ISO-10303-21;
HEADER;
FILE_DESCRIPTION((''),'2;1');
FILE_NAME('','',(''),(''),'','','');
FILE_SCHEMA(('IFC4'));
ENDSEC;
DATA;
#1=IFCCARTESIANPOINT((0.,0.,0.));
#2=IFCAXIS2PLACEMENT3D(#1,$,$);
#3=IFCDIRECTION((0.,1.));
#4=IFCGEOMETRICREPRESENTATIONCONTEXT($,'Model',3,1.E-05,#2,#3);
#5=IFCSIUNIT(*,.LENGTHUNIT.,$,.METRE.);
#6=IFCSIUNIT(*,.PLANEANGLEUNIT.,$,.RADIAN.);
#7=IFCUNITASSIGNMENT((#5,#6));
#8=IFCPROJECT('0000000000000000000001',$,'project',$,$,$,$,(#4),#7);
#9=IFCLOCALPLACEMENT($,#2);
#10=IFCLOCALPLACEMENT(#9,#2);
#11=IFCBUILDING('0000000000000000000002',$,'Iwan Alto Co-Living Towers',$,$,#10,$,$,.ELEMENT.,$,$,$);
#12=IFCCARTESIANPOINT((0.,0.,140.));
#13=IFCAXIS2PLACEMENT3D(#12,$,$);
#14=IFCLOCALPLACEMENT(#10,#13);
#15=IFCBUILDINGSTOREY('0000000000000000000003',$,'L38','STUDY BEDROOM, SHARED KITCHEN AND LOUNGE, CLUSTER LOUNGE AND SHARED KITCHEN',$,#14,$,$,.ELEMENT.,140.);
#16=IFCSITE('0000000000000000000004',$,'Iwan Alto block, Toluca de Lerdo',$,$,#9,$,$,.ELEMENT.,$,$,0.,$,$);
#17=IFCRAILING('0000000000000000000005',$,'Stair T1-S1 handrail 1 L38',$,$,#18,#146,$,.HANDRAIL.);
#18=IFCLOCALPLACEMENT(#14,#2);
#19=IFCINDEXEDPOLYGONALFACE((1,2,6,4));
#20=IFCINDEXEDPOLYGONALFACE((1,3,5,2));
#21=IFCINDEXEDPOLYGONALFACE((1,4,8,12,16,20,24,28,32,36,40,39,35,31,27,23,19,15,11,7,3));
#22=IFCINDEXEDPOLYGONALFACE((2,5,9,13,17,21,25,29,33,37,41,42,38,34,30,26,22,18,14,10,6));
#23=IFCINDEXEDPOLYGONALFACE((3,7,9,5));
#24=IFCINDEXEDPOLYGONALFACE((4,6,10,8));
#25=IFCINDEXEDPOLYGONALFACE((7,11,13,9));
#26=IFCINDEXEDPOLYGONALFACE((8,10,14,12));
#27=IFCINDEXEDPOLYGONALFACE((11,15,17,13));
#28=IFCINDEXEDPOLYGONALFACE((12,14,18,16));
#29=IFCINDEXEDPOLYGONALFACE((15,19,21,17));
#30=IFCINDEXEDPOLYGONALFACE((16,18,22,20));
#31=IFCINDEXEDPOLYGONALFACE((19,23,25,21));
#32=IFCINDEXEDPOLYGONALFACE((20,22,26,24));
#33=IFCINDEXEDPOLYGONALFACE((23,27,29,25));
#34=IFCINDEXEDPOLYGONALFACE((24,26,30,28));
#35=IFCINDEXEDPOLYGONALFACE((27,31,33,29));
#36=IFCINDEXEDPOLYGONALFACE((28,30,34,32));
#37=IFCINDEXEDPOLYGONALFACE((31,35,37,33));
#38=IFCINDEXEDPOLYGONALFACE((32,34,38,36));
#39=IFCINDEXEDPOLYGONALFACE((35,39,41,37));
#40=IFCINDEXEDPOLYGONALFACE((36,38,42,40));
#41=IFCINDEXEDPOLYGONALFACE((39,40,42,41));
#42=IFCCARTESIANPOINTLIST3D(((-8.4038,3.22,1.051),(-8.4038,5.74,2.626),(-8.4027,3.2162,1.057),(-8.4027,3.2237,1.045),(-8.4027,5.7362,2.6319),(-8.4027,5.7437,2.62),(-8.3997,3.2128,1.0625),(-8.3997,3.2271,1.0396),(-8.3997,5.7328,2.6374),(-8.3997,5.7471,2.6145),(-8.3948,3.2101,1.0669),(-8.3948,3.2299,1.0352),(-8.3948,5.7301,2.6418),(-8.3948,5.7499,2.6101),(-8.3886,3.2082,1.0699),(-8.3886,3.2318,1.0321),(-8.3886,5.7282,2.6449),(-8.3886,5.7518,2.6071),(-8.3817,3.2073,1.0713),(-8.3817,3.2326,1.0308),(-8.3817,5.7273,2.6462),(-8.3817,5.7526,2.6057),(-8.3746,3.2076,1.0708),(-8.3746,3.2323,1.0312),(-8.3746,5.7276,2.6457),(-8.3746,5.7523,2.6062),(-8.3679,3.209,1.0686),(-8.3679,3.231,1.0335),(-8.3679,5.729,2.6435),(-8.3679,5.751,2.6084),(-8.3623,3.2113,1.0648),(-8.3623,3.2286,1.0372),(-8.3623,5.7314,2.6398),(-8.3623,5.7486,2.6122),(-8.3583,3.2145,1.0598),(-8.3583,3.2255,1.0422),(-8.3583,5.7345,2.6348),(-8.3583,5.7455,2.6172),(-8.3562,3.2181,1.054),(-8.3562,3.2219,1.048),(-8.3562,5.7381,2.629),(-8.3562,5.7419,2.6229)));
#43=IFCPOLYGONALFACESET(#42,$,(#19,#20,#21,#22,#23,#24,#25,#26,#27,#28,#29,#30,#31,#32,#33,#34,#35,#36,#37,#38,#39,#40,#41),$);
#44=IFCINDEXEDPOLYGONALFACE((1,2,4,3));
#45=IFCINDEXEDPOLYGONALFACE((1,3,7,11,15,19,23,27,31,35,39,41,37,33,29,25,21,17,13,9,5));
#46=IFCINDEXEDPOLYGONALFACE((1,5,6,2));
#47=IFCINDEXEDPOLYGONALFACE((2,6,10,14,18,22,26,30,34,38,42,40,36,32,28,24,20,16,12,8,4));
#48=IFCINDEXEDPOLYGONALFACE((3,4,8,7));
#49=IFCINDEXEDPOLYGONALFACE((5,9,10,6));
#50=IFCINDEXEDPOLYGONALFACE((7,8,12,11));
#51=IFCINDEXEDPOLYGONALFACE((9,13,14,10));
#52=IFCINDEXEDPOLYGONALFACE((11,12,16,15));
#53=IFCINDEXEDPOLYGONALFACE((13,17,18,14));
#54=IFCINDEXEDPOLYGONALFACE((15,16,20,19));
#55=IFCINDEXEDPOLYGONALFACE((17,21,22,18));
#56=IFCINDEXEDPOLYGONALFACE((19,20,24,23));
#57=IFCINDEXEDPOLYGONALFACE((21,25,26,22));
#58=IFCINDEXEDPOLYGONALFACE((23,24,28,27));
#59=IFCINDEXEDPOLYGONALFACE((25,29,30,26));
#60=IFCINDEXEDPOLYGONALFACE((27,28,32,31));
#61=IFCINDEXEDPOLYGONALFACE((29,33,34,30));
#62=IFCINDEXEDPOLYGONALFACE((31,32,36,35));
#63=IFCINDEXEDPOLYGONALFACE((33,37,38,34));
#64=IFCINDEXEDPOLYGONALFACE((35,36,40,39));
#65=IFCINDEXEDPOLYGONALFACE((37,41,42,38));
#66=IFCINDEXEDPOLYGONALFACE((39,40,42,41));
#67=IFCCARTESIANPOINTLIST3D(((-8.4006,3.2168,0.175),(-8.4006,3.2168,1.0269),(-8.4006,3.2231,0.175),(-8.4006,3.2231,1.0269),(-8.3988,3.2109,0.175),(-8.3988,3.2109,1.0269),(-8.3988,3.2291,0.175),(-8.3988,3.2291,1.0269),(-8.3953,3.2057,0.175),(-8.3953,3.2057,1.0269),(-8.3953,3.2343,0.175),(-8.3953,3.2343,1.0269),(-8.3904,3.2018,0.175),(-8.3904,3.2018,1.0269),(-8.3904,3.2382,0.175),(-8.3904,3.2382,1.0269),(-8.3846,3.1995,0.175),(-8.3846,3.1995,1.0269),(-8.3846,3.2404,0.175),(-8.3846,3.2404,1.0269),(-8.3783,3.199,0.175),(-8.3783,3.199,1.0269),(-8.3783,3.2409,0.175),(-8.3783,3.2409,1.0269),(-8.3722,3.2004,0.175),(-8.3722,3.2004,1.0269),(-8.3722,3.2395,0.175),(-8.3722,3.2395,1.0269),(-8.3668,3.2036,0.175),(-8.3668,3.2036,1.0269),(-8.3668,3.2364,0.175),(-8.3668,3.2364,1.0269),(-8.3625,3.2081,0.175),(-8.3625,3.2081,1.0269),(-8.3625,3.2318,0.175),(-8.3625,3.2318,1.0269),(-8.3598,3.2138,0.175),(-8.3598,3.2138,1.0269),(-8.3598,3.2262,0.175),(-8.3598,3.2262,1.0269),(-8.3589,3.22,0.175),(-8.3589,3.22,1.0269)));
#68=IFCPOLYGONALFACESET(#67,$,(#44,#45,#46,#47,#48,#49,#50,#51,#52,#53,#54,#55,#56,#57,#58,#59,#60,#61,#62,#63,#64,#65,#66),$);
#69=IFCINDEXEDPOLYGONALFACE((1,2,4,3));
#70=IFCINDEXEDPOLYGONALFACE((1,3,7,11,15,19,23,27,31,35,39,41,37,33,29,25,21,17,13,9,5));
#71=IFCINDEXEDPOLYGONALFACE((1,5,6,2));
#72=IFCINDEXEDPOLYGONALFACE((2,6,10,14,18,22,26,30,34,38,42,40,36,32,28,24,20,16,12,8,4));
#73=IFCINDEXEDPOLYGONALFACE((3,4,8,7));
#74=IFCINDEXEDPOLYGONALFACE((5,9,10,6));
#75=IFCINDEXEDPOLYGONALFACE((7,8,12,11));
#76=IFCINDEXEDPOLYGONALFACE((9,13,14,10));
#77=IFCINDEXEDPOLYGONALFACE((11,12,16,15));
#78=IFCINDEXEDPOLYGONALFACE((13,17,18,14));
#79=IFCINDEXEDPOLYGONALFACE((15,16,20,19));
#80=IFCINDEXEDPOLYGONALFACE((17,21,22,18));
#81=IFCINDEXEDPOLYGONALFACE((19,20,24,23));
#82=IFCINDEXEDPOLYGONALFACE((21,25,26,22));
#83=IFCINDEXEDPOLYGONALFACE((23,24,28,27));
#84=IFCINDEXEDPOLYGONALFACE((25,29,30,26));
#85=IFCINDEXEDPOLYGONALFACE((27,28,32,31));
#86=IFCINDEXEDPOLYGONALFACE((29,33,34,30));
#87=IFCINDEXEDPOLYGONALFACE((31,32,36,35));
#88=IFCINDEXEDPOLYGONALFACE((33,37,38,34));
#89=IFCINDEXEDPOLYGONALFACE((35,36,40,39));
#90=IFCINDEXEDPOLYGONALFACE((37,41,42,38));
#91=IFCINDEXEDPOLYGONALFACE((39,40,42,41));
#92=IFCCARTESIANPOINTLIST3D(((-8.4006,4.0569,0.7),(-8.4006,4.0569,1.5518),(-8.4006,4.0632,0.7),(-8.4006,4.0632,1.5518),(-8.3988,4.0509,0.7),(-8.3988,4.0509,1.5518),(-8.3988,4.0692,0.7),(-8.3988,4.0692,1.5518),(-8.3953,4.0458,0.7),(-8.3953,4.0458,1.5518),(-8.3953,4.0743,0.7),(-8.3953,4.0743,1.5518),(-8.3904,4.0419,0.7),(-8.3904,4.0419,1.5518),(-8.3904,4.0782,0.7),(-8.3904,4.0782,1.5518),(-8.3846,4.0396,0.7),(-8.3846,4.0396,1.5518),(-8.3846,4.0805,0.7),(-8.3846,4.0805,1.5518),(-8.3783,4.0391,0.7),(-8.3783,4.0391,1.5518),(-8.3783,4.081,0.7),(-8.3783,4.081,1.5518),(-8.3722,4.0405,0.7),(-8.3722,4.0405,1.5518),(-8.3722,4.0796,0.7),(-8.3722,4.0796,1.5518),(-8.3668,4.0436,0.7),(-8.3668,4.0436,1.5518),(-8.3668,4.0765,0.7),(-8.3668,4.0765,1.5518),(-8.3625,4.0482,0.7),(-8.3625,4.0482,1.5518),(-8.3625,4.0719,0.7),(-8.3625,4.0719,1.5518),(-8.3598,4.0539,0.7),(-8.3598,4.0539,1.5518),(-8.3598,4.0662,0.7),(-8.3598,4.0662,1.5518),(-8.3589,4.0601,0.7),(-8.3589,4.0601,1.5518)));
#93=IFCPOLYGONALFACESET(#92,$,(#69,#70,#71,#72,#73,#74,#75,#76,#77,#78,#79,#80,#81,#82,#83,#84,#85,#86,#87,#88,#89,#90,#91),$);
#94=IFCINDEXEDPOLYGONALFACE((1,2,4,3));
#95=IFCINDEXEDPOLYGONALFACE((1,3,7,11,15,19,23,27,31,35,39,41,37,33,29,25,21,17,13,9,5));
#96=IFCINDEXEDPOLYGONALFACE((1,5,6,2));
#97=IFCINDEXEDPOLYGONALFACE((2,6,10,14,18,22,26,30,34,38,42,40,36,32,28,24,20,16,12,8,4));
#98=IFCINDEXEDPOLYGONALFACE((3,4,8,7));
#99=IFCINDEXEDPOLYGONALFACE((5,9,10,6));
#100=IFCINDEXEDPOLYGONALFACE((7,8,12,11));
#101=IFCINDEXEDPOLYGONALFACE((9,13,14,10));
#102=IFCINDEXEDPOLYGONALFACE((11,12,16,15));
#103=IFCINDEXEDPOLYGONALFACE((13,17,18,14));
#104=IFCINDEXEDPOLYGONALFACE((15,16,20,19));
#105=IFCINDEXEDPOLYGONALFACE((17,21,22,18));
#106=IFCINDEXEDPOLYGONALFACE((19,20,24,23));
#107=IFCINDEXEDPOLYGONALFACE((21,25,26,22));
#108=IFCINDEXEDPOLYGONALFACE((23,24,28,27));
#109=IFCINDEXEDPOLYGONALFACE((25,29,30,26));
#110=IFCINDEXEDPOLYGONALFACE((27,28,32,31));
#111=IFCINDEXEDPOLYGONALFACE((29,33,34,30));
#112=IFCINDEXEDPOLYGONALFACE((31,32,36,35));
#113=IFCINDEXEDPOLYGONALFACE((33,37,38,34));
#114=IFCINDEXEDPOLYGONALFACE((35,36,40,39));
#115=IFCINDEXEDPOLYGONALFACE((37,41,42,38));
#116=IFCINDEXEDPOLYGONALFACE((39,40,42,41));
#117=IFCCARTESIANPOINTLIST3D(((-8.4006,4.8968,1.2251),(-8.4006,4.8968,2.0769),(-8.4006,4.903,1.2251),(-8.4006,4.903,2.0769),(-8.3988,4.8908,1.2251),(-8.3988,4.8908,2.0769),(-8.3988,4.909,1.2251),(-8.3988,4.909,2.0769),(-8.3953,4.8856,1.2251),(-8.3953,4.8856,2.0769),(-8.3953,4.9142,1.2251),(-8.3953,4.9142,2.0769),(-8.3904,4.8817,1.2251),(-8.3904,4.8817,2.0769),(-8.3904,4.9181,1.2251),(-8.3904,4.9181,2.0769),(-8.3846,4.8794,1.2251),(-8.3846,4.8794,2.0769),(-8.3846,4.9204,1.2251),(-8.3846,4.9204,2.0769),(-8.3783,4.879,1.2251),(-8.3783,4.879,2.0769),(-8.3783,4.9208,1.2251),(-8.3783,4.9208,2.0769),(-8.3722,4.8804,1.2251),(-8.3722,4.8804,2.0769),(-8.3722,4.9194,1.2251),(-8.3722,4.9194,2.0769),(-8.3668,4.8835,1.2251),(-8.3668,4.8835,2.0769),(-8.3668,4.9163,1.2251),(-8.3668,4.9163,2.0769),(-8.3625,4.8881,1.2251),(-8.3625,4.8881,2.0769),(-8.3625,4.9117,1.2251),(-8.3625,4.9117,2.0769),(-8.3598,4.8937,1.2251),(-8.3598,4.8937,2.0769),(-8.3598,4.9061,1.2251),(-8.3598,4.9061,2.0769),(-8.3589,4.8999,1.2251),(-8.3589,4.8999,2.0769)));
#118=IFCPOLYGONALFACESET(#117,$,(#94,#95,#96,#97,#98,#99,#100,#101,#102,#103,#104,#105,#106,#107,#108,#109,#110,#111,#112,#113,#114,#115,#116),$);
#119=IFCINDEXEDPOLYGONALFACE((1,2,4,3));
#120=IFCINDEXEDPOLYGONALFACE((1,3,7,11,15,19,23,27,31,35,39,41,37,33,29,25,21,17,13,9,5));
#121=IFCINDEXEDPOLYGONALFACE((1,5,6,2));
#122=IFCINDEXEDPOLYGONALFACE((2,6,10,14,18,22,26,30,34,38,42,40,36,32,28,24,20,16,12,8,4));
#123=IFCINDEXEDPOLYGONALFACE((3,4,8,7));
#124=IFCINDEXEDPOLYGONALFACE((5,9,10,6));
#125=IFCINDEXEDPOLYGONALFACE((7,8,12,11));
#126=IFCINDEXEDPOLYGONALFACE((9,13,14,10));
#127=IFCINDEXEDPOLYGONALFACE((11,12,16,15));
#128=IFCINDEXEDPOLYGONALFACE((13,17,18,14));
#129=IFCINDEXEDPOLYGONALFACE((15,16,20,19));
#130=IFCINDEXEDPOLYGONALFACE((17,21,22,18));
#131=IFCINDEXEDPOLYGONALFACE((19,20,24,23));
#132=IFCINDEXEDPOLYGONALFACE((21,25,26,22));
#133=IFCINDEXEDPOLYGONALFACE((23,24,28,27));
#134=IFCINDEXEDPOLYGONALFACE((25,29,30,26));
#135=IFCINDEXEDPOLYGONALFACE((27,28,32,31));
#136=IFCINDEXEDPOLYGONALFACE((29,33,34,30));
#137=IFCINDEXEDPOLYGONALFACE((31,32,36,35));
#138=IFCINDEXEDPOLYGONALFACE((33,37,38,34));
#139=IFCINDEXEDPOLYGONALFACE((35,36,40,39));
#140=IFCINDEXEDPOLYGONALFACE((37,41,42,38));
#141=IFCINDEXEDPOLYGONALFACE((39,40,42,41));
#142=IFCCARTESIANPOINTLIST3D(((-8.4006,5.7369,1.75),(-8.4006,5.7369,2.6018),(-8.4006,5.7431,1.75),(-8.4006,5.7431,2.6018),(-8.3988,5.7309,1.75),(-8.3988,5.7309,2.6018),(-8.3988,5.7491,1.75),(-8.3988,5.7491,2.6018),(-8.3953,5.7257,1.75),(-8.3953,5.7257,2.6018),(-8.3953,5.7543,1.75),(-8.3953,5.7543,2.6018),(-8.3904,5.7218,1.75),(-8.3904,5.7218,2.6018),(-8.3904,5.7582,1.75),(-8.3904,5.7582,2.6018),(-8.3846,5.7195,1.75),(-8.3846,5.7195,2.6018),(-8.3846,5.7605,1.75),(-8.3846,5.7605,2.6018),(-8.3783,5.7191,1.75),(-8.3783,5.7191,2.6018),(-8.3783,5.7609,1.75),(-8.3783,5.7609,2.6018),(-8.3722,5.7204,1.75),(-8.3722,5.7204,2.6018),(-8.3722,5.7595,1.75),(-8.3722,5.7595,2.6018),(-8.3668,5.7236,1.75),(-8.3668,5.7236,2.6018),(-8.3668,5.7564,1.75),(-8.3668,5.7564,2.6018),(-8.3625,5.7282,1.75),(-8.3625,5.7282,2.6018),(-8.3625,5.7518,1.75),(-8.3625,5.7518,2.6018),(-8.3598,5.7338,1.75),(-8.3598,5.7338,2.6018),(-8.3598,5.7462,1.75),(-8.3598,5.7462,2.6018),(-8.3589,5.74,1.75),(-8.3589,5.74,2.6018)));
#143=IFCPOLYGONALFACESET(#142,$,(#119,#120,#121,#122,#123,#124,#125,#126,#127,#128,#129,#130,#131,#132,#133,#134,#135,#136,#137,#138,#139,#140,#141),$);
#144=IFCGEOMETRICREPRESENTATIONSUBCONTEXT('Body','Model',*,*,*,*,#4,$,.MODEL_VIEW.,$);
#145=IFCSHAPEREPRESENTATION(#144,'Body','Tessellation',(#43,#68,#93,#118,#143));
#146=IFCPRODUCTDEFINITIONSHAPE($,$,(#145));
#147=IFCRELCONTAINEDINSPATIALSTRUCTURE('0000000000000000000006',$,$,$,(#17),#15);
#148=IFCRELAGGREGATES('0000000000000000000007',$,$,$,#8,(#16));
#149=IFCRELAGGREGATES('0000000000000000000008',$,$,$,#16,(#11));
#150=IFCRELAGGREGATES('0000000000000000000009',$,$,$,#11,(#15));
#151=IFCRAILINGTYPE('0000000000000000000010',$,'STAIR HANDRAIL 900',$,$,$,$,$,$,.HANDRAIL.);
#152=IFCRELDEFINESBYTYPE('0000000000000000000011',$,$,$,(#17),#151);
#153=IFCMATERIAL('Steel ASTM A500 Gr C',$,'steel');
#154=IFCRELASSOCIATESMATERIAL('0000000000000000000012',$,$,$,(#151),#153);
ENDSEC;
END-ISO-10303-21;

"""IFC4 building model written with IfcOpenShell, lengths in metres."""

from ifc_helpers import new_model, si_unit, direction, frame, origin, origin_2d, place, context, subcontext, project, spatial, circle, extrude, material, type_object, element, save


model = new_model("IFC4")

# Units and contexts
model_context = context("Model", 3, precision=1e-05, world=origin(), true_north=direction((0.0, 1.0)))
body_context = subcontext(model_context, "Body", "Model", "MODEL_VIEW")
ifc_project = project(units=[si_unit("LENGTHUNIT", "METRE"), si_unit("PLANEANGLEUNIT", "RADIAN")], contexts=[model_context])

# Site, building, storey
site_placement = place(None, origin())
site = spatial("IfcSite", under=ifc_project, at=site_placement, Name="Iwan Alto block, Toluca de Lerdo", CompositionType="ELEMENT", RefElevation=0.0)
building_placement = place(site_placement, origin())
building = spatial("IfcBuilding", under=site, at=building_placement, Name="Iwan Alto Co-Living Towers", CompositionType="ELEMENT")
storey_placement = place(building_placement, frame((0.0, 0.0, 140.0)))
storey = spatial("IfcBuildingStorey", under=building, at=storey_placement, Name="L38", Description="STUDY BEDROOM, SHARED KITCHEN AND LOUNGE, CLUSTER LOUNGE AND SHARED KITCHEN", CompositionType="ELEMENT", Elevation=140.0)

# Railing
ifc_material_1 = material(Name="Steel ASTM A500 Gr C", Category="steel")
railing_type_1 = type_object("IfcRailingType", Name="STAIR HANDRAIL 900", PredefinedType="HANDRAIL", material=ifc_material_1)
railing_1_placement = place(storey_placement, frame((-8.3799, 3.22, 0.175)))
element("IfcRailing", 1, at=railing_1_placement, inside=storey, type_object=railing_type_1, Name="Stair T1-S1 handrail 1 L38", PredefinedType="HANDRAIL", context=body_context, shape_type="SweptSolid", body=[
    extrude(circle(Radius=0.0239, at=origin_2d()), frame((0.0, 0.0, 0.876), z_axis=(0.0, 0.848008, 0.529984), x_axis=(-1.0, 0.0, 0.0)), (0.0, 0.0, 1.0), 2.9717),
    extrude(circle(Radius=0.021, at=origin_2d()), origin(), (0.0, 0.0, 1.0), 0.8518),
    extrude(circle(Radius=0.021, at=origin_2d()), frame((0.0, 0.8401, 0.5249)), (0.0, 0.0, 1.0), 0.8518),
    extrude(circle(Radius=0.021, at=origin_2d()), frame((0.0, 1.6799, 1.05)), (0.0, 0.0, 1.0), 0.8518),
    extrude(circle(Radius=0.021, at=origin_2d()), frame((0.0, 2.52, 1.575)), (0.0, 0.0, 1.0), 0.8518),
])

save(model, "model.ifc")
